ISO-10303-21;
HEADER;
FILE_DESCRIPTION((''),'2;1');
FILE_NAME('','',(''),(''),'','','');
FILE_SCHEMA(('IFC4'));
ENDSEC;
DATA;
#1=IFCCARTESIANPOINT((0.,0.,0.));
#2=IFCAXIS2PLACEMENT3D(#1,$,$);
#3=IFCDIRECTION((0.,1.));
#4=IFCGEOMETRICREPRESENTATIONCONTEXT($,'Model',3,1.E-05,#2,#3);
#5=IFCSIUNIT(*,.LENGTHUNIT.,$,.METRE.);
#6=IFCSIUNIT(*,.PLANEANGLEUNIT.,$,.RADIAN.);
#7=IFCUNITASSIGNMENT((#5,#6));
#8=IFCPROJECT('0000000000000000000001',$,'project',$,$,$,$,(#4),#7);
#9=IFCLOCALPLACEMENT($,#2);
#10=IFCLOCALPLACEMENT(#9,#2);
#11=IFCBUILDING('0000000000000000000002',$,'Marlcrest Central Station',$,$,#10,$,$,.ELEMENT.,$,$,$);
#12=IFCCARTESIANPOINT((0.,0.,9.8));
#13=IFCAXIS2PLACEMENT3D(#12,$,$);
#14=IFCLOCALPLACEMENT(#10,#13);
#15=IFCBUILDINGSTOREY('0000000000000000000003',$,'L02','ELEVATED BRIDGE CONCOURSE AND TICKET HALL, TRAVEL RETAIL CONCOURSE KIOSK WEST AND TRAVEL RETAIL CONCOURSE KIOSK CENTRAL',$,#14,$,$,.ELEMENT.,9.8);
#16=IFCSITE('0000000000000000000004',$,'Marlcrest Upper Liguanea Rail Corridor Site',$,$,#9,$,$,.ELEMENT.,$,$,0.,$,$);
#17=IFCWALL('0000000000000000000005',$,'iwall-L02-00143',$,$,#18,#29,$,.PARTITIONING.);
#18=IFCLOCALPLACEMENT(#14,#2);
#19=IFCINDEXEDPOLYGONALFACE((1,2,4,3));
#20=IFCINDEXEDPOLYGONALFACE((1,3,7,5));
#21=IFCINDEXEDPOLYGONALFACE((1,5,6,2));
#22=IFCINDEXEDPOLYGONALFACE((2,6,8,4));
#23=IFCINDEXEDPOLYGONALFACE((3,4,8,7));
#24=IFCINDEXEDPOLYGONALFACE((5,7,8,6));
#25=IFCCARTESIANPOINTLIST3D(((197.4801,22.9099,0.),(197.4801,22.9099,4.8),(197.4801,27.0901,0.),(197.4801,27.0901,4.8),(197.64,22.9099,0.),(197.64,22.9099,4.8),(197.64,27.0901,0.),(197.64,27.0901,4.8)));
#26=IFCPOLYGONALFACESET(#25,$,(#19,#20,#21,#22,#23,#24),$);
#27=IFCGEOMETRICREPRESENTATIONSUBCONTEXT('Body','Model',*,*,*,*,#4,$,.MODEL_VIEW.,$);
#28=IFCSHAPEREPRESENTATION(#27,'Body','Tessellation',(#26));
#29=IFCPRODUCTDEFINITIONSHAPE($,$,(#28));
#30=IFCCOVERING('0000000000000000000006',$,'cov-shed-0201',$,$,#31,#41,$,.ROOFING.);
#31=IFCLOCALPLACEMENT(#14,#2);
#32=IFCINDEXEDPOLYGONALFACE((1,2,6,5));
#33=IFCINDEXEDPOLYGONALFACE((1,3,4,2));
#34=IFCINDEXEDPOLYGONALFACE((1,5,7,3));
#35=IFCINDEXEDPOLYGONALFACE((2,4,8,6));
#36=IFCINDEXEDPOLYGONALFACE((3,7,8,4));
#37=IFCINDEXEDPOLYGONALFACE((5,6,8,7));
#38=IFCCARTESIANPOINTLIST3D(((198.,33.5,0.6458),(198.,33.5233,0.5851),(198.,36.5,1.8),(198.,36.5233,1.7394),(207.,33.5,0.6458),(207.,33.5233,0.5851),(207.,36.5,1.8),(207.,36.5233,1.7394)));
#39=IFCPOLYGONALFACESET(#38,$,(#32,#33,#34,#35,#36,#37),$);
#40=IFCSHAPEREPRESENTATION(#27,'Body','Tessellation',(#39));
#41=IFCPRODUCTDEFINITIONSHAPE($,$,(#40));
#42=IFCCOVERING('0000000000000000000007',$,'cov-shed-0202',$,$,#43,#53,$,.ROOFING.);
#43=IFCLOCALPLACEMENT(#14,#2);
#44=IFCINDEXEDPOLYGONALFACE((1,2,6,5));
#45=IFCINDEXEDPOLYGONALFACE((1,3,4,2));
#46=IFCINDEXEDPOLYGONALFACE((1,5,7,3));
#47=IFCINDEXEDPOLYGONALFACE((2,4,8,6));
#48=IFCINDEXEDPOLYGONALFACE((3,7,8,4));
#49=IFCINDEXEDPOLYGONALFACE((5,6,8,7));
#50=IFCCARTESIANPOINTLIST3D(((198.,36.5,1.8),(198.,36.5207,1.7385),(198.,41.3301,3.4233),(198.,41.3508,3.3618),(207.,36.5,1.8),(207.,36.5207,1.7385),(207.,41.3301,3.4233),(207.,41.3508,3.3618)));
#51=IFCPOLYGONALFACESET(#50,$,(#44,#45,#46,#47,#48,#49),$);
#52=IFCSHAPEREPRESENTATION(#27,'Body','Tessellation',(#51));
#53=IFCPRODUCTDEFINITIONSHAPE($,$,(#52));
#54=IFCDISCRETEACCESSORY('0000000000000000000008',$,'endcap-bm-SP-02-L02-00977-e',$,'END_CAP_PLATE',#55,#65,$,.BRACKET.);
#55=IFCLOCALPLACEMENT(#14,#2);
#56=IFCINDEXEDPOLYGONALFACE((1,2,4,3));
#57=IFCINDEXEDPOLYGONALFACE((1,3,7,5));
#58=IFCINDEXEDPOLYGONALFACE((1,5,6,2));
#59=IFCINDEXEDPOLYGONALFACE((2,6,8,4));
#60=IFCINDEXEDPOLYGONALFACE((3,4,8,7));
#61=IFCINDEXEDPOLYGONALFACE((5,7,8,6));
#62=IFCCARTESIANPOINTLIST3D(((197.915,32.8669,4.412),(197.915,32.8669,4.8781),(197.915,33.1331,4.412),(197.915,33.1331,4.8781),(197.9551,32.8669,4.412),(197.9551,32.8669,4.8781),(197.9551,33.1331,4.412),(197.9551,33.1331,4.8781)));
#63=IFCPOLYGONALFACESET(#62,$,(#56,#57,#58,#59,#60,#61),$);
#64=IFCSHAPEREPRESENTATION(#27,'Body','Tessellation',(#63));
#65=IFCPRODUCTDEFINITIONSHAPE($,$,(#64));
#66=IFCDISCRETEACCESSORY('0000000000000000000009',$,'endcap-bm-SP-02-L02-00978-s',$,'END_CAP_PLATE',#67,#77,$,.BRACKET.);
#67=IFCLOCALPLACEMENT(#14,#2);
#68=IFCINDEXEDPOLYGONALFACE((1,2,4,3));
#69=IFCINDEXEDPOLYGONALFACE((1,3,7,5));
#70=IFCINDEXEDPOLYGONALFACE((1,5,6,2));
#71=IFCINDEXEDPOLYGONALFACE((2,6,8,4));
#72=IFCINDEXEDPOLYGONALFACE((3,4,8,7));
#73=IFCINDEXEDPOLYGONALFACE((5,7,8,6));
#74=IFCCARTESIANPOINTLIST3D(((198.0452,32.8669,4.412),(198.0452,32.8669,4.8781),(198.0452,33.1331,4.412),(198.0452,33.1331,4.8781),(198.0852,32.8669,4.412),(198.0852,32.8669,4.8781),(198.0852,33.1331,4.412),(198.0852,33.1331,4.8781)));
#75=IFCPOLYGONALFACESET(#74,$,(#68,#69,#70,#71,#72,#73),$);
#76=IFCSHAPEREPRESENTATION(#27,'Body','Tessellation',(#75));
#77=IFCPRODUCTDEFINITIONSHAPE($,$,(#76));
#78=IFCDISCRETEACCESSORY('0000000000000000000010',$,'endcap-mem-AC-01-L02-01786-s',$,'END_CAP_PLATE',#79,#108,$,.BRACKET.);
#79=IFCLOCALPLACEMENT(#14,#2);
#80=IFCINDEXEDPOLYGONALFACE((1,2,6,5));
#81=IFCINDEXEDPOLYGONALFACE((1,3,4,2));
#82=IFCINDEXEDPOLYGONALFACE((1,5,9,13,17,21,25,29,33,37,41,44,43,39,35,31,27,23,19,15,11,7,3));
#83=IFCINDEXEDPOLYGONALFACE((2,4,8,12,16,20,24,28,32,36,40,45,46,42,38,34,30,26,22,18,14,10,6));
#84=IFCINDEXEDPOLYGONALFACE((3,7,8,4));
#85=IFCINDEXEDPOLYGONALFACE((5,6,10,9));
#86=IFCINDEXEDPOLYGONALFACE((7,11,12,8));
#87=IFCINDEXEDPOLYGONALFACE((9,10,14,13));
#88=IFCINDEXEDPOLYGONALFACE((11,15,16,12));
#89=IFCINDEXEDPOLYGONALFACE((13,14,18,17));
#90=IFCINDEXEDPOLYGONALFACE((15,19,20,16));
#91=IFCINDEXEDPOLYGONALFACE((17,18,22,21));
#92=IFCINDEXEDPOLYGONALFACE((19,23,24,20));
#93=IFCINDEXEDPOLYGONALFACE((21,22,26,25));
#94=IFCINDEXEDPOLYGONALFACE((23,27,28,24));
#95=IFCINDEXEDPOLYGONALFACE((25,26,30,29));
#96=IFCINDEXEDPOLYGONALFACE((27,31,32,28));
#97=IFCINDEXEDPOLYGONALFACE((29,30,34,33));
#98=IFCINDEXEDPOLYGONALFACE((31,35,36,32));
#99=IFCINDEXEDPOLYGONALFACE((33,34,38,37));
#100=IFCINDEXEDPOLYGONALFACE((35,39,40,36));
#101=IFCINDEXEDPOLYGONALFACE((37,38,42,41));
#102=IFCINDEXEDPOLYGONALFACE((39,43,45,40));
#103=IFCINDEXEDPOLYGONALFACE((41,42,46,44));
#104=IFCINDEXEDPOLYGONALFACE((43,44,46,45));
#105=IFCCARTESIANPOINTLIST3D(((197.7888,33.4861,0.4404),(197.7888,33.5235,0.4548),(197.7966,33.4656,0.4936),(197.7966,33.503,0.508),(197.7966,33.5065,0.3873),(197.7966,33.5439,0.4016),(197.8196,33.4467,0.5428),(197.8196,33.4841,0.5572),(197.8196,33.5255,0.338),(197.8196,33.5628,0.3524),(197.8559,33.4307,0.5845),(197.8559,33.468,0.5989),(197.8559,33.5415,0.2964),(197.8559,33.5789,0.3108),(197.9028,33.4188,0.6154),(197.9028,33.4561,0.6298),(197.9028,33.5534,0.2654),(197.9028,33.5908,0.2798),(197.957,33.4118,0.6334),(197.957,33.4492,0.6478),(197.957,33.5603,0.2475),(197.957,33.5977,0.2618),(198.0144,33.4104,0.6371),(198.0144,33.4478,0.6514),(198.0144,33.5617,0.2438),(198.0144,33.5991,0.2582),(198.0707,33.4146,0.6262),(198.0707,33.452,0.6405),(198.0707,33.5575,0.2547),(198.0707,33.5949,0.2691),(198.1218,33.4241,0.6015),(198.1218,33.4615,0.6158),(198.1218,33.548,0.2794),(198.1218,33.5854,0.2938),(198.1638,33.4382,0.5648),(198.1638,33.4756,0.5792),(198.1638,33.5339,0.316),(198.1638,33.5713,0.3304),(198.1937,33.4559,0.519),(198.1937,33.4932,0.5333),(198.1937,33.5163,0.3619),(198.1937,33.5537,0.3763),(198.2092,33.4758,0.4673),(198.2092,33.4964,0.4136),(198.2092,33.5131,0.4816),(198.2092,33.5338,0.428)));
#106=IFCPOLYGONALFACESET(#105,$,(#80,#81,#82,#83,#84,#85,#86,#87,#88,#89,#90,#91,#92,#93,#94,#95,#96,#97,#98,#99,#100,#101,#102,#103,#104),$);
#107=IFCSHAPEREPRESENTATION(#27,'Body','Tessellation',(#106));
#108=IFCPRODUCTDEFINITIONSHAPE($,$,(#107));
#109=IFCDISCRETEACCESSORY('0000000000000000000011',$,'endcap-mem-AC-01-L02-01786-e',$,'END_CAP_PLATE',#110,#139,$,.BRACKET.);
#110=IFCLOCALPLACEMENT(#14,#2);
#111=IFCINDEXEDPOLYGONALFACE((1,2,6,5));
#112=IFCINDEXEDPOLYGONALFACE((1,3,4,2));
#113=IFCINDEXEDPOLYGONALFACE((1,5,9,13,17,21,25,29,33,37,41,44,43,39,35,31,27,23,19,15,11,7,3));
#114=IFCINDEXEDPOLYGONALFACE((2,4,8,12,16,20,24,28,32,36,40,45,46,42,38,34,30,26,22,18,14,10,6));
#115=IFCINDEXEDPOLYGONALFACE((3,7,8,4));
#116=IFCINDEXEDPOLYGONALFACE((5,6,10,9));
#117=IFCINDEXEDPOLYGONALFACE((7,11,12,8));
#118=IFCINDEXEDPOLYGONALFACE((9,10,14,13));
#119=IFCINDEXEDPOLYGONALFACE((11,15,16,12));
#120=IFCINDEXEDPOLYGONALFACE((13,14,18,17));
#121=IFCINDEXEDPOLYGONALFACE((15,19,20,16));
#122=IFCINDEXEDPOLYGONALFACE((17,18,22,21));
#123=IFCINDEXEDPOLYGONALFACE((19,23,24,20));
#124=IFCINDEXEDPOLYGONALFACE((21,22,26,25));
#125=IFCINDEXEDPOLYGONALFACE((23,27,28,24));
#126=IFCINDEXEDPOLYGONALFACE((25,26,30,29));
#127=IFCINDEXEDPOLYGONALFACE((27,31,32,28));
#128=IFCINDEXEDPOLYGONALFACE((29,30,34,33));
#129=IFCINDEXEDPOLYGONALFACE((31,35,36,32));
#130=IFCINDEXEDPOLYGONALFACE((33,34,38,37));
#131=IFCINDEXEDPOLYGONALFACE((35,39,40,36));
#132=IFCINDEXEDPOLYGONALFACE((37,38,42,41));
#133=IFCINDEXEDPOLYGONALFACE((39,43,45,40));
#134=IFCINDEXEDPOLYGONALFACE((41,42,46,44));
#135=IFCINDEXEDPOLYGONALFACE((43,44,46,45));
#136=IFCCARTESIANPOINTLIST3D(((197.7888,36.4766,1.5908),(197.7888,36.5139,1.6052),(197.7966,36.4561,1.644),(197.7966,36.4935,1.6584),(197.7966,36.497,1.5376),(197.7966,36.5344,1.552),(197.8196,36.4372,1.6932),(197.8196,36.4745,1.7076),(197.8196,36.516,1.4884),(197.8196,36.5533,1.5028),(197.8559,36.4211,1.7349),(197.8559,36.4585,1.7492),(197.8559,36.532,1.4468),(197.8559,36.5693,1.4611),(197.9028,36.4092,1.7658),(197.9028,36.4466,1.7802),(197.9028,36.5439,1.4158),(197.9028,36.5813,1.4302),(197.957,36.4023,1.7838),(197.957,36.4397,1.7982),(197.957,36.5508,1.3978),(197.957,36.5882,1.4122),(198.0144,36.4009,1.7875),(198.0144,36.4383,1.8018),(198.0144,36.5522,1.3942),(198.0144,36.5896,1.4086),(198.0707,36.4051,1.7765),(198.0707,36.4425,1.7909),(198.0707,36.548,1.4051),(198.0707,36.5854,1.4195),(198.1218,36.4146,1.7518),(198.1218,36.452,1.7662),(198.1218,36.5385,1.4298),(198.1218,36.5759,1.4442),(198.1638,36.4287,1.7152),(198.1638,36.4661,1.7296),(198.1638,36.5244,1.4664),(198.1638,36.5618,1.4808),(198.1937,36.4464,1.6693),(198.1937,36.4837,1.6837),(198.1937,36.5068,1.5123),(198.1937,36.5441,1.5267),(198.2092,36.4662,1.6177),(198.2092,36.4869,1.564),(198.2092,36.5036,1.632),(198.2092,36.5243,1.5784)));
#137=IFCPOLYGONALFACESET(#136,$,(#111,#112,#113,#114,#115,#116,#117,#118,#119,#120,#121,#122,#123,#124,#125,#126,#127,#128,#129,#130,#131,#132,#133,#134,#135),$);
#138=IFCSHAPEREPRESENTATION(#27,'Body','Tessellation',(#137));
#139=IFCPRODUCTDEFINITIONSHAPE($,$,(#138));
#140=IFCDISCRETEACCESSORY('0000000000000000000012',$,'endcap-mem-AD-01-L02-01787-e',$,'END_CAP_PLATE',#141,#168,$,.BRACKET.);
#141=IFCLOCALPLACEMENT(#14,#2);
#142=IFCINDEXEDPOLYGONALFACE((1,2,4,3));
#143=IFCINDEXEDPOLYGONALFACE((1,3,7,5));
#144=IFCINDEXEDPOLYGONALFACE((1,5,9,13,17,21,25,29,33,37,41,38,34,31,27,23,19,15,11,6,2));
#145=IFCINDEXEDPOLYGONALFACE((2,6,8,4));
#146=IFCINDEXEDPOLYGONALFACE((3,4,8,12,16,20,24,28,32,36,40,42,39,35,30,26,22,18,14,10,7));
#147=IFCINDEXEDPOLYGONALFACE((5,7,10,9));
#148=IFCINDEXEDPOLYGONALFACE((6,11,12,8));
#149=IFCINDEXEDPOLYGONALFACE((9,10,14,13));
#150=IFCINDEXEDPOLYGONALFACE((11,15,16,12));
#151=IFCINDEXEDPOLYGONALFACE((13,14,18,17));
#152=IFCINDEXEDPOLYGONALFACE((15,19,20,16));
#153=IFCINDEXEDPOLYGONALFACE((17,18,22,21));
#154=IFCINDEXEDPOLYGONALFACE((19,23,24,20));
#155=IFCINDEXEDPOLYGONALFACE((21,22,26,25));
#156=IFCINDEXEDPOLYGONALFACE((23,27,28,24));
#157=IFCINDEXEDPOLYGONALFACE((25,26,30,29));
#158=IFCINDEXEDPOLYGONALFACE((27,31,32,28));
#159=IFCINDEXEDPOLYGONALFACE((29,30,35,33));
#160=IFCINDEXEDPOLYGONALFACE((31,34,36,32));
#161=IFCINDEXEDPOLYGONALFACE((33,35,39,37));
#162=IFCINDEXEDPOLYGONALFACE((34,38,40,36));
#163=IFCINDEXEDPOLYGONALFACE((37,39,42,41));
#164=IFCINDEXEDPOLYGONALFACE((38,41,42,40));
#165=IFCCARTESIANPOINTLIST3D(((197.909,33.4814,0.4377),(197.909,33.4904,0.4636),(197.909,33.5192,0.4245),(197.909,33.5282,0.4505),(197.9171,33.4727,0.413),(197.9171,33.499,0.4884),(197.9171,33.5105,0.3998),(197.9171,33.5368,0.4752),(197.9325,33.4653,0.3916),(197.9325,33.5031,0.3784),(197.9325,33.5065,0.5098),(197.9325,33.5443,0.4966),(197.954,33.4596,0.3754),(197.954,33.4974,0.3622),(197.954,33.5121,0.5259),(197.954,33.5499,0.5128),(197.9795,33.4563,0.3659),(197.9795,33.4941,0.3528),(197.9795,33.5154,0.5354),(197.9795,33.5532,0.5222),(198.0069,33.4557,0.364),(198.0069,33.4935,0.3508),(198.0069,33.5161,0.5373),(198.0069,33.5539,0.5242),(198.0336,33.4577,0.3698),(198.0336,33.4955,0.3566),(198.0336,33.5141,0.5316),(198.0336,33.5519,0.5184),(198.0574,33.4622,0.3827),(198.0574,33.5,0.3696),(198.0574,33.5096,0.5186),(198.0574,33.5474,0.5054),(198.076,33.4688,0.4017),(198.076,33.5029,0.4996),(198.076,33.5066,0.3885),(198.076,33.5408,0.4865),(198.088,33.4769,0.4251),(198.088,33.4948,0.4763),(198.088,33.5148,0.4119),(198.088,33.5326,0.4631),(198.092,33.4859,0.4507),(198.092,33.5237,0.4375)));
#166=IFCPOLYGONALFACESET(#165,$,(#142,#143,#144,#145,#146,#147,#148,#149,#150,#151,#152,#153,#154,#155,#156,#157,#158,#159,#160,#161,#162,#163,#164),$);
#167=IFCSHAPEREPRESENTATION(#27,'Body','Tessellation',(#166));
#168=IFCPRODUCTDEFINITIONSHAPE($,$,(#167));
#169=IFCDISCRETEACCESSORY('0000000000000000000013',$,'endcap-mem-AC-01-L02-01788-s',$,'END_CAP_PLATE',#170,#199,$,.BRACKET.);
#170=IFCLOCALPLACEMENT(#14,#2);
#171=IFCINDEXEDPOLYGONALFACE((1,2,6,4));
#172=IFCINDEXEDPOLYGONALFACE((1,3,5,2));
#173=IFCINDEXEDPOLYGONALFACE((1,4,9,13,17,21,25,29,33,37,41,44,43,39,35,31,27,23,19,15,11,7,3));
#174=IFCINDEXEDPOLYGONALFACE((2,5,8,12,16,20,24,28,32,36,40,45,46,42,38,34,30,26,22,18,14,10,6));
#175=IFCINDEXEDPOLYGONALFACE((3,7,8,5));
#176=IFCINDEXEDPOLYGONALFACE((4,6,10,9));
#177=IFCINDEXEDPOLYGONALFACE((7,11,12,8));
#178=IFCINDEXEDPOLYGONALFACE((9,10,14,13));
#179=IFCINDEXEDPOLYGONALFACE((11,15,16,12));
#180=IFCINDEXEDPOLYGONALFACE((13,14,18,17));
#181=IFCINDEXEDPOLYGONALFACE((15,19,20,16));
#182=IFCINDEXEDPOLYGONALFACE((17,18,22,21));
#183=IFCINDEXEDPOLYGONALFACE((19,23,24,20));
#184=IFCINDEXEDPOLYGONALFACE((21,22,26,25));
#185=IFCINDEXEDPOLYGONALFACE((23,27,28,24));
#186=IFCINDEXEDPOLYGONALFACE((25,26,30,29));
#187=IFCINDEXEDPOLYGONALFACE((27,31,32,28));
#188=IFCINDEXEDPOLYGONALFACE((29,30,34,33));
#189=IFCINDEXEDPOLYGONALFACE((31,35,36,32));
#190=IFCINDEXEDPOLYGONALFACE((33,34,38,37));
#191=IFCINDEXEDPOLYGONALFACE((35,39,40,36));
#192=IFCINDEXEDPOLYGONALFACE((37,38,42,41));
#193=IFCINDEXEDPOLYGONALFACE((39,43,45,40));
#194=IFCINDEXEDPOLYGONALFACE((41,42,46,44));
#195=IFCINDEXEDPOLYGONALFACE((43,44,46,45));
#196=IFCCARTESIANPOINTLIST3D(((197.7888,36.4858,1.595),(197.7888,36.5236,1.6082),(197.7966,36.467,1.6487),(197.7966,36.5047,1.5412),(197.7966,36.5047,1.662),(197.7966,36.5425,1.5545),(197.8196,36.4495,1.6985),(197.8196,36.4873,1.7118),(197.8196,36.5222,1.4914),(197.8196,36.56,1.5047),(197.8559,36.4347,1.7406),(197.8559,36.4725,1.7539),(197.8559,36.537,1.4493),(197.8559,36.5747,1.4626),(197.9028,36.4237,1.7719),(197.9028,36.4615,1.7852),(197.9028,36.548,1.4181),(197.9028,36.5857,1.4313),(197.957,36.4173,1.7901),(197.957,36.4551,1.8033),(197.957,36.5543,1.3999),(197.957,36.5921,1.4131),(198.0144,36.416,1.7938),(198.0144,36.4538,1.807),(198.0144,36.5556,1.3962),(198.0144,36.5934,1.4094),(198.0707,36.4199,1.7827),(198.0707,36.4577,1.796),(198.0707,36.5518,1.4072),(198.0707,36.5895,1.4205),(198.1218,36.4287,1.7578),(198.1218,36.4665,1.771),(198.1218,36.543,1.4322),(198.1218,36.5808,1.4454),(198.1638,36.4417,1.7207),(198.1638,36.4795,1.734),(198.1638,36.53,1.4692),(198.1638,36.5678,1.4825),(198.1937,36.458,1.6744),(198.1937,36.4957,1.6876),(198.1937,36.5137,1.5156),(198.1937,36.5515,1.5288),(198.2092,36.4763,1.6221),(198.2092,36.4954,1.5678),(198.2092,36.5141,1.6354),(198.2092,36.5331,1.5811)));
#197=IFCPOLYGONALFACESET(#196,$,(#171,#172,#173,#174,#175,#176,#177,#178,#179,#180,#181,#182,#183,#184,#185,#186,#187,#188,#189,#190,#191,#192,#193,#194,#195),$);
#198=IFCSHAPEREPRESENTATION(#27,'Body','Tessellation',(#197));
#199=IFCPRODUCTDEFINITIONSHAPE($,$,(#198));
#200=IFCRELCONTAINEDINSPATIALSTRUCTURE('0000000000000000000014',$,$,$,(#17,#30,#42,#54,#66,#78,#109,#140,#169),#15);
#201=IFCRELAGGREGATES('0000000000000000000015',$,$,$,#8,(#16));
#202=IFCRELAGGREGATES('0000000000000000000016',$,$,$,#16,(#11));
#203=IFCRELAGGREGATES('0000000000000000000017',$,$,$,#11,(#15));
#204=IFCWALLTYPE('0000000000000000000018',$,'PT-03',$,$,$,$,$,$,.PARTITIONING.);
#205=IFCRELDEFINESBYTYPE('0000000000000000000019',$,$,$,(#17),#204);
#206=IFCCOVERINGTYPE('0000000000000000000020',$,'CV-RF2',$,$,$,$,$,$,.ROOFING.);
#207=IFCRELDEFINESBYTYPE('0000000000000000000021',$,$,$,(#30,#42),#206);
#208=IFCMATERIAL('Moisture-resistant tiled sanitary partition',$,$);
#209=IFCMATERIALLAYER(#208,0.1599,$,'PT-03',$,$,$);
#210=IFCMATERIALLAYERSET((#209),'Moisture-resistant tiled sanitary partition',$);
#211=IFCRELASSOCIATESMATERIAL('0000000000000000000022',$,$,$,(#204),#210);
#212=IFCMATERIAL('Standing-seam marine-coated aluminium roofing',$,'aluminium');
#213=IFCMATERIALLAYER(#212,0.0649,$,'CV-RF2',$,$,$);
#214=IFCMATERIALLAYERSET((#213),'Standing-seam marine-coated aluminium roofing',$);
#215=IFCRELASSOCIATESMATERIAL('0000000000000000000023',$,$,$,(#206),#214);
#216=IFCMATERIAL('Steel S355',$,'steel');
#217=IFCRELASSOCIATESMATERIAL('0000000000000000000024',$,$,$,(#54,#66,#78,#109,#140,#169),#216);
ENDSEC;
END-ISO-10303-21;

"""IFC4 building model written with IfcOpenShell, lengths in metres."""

from ifc_helpers import new_model, si_unit, direction, frame, frame_2d, origin, origin_2d, place, context, subcontext, project, spatial, polyline, rectangle, circle, outline, extrude, material, layer, layer_set, type_object, element, save


model = new_model("IFC4")

# Units and contexts
model_context = context("Model", 3, precision=1e-05, world=origin(), true_north=direction((0.0, 1.0)))
body_context = subcontext(model_context, "Body", "Model", "MODEL_VIEW")
ifc_project = project(units=[si_unit("LENGTHUNIT", "METRE"), si_unit("PLANEANGLEUNIT", "RADIAN")], contexts=[model_context])

# Site, building, storey
site_placement = place(None, origin())
site = spatial("IfcSite", under=ifc_project, at=site_placement, Name="Marlcrest Upper Liguanea Rail Corridor Site", CompositionType="ELEMENT", RefElevation=0.0)
building_placement = place(site_placement, origin())
building = spatial("IfcBuilding", under=site, at=building_placement, Name="Marlcrest Central Station", CompositionType="ELEMENT")
storey_placement = place(building_placement, frame((0.0, 0.0, 9.8)))
storey = spatial("IfcBuildingStorey", under=building, at=storey_placement, Name="L02", Description="ELEVATED BRIDGE CONCOURSE AND TICKET HALL, TRAVEL RETAIL CONCOURSE KIOSK WEST AND TRAVEL RETAIL CONCOURSE KIOSK CENTRAL", CompositionType="ELEMENT", Elevation=9.8)

# Shared definitions
ifc_material_1 = material(Name="Steel S355", Category="steel")

# Shared definitions
ifc_material_2 = material(Name="Moisture-resistant tiled sanitary partition")
ifc_layer_1 = layer(ifc_material_2, 0.1599, Name="PT-03")
ifc_layer_set_1 = layer_set([ifc_layer_1], Name="Moisture-resistant tiled sanitary partition")
wall_type_1 = type_object("IfcWallType", Name="PT-03", PredefinedType="PARTITIONING", material=ifc_layer_set_1)

# Wall
for number, where, z_axis, x_axis, name in (
    (1, (197.5601, 22.9099, 0.0), (0.0, 0.0, 1.0), (0.0, 1.0, 0.0), "iwall-L02-00143"),
):
    element("IfcWall", number, at=place(storey_placement, frame(where, z_axis=z_axis, x_axis=x_axis)), inside=storey, type_object=wall_type_1, Name=name, PredefinedType="PARTITIONING", context=body_context, shape_type="SweptSolid", body=[
        extrude(rectangle(XDim=4.1802, YDim=0.1599, at=frame_2d((2.0901, 0.0))), origin(), (0.0, 0.0, 1.0), 4.8),
    ])

# Coverings
ifc_material_3 = material(Name="Standing-seam marine-coated aluminium roofing", Category="aluminium")
ifc_layer_2 = layer(ifc_material_3, 0.0649, Name="CV-RF2")
ifc_layer_set_2 = layer_set([ifc_layer_2], Name="Standing-seam marine-coated aluminium roofing")
covering_type = type_object("IfcCoveringType", Name="CV-RF2", PredefinedType="ROOFING", material=ifc_layer_set_2)
covering_1_placement = place(storey_placement, frame((198.0, 33.5, 0.6458), z_axis=(0.0, -0.359101, 0.933299), x_axis=(1.0, 0.0, 0.0)))
element("IfcCovering", 2, at=covering_1_placement, inside=storey, type_object=covering_type, Name="cov-shed-0201", PredefinedType="ROOFING", context=body_context, shape_type="SweptSolid", body=[
    extrude(outline(polyline([(0.0, 0.0), (9.0, 0.0), (9.0, 3.2144), (0.0, 3.2144), (0.0, 0.0)])), origin(), (0.0, 0.0, -1.0), 0.0649),
])
covering_2_placement = place(storey_placement, frame((198.0, 36.5, 1.8), z_axis=(0.0, -0.31857, 0.947899), x_axis=(1.0, 0.0, 0.0)))
element("IfcCovering", 3, at=covering_2_placement, inside=storey, type_object=covering_type, Name="cov-shed-0202", PredefinedType="ROOFING", context=body_context, shape_type="SweptSolid", body=[
    extrude(outline(polyline([(0.0, 0.0), (9.0, 0.0), (9.0, 5.0956), (0.0, 5.0956), (0.0, 0.0)])), origin(), (0.0, 0.0, -1.0), 0.0649),
])

# Discrete accessories
for number, where, z_axis, x_axis, name in (
    (4, (197.915, 33.0, 4.645), (1.0, 0.0, 0.0), (0.0, 1.0, 0.0), "endcap-bm-SP-02-L02-00977-e"),
    (5, (198.0452, 33.0, 4.645), (1.0, 0.0, 0.0), (0.0, 1.0, 0.0), "endcap-bm-SP-02-L02-00978-s"),
):
    element("IfcDiscreteAccessory", number, at=place(storey_placement, frame(where, z_axis=z_axis, x_axis=x_axis)), inside=storey, material=ifc_material_1, Name=name, ObjectType="END_CAP_PLATE", PredefinedType="BRACKET", context=body_context, shape_type="SweptSolid", body=[
        extrude(rectangle(XDim=0.2661, YDim=0.4661, at=origin_2d()), origin(), (0.0, 0.0, 1.0), 0.04),
    ])
for number, where, z_axis, x_axis, name in (
    (6, (198.0, 33.4861, 0.4404), (0.0, 0.933324, 0.359035), (-1.0, 0.0, 0.0), "endcap-mem-AC-01-L02-01786-s"),
    (7, (198.0, 36.4766, 1.5908), (0.0, 0.933324, 0.359035), (-1.0, 0.0, 0.0), "endcap-mem-AC-01-L02-01786-e"),
):
    element("IfcDiscreteAccessory", number, at=place(storey_placement, frame(where, z_axis=z_axis, x_axis=x_axis)), inside=storey, material=ifc_material_1, Name=name, ObjectType="END_CAP_PLATE", PredefinedType="BRACKET", context=body_context, shape_type="SweptSolid", body=[
        extrude(circle(Radius=0.2112, at=origin_2d()), origin(), (0.0, 0.0, 1.0), 0.04),
    ])
discrete_accessory_1_placement = place(storey_placement, frame((198.0, 33.5237, 0.4375), z_axis=(0.0, -0.94426, 0.3292), x_axis=(1.0, 0.0, 0.0)))
element("IfcDiscreteAccessory", 8, at=discrete_accessory_1_placement, inside=storey, material=ifc_material_1, Name="endcap-mem-AD-01-L02-01787-e", ObjectType="END_CAP_PLATE", PredefinedType="BRACKET", context=body_context, shape_type="SweptSolid", body=[
    extrude(circle(Radius=0.092, at=origin_2d()), origin(), (0.0, 0.0, 1.0), 0.04),
])
discrete_accessory_2_placement = place(storey_placement, frame((198.0, 36.4858, 1.595), z_axis=(0.0, 0.943537, 0.331266), x_axis=(-1.0, 0.0, 0.0)))
element("IfcDiscreteAccessory", 9, at=discrete_accessory_2_placement, inside=storey, material=ifc_material_1, Name="endcap-mem-AC-01-L02-01788-s", ObjectType="END_CAP_PLATE", PredefinedType="BRACKET", context=body_context, shape_type="SweptSolid", body=[
    extrude(circle(Radius=0.2112, at=origin_2d()), origin(), (0.0, 0.0, 1.0), 0.04),
])

save(model, "model.ifc")
